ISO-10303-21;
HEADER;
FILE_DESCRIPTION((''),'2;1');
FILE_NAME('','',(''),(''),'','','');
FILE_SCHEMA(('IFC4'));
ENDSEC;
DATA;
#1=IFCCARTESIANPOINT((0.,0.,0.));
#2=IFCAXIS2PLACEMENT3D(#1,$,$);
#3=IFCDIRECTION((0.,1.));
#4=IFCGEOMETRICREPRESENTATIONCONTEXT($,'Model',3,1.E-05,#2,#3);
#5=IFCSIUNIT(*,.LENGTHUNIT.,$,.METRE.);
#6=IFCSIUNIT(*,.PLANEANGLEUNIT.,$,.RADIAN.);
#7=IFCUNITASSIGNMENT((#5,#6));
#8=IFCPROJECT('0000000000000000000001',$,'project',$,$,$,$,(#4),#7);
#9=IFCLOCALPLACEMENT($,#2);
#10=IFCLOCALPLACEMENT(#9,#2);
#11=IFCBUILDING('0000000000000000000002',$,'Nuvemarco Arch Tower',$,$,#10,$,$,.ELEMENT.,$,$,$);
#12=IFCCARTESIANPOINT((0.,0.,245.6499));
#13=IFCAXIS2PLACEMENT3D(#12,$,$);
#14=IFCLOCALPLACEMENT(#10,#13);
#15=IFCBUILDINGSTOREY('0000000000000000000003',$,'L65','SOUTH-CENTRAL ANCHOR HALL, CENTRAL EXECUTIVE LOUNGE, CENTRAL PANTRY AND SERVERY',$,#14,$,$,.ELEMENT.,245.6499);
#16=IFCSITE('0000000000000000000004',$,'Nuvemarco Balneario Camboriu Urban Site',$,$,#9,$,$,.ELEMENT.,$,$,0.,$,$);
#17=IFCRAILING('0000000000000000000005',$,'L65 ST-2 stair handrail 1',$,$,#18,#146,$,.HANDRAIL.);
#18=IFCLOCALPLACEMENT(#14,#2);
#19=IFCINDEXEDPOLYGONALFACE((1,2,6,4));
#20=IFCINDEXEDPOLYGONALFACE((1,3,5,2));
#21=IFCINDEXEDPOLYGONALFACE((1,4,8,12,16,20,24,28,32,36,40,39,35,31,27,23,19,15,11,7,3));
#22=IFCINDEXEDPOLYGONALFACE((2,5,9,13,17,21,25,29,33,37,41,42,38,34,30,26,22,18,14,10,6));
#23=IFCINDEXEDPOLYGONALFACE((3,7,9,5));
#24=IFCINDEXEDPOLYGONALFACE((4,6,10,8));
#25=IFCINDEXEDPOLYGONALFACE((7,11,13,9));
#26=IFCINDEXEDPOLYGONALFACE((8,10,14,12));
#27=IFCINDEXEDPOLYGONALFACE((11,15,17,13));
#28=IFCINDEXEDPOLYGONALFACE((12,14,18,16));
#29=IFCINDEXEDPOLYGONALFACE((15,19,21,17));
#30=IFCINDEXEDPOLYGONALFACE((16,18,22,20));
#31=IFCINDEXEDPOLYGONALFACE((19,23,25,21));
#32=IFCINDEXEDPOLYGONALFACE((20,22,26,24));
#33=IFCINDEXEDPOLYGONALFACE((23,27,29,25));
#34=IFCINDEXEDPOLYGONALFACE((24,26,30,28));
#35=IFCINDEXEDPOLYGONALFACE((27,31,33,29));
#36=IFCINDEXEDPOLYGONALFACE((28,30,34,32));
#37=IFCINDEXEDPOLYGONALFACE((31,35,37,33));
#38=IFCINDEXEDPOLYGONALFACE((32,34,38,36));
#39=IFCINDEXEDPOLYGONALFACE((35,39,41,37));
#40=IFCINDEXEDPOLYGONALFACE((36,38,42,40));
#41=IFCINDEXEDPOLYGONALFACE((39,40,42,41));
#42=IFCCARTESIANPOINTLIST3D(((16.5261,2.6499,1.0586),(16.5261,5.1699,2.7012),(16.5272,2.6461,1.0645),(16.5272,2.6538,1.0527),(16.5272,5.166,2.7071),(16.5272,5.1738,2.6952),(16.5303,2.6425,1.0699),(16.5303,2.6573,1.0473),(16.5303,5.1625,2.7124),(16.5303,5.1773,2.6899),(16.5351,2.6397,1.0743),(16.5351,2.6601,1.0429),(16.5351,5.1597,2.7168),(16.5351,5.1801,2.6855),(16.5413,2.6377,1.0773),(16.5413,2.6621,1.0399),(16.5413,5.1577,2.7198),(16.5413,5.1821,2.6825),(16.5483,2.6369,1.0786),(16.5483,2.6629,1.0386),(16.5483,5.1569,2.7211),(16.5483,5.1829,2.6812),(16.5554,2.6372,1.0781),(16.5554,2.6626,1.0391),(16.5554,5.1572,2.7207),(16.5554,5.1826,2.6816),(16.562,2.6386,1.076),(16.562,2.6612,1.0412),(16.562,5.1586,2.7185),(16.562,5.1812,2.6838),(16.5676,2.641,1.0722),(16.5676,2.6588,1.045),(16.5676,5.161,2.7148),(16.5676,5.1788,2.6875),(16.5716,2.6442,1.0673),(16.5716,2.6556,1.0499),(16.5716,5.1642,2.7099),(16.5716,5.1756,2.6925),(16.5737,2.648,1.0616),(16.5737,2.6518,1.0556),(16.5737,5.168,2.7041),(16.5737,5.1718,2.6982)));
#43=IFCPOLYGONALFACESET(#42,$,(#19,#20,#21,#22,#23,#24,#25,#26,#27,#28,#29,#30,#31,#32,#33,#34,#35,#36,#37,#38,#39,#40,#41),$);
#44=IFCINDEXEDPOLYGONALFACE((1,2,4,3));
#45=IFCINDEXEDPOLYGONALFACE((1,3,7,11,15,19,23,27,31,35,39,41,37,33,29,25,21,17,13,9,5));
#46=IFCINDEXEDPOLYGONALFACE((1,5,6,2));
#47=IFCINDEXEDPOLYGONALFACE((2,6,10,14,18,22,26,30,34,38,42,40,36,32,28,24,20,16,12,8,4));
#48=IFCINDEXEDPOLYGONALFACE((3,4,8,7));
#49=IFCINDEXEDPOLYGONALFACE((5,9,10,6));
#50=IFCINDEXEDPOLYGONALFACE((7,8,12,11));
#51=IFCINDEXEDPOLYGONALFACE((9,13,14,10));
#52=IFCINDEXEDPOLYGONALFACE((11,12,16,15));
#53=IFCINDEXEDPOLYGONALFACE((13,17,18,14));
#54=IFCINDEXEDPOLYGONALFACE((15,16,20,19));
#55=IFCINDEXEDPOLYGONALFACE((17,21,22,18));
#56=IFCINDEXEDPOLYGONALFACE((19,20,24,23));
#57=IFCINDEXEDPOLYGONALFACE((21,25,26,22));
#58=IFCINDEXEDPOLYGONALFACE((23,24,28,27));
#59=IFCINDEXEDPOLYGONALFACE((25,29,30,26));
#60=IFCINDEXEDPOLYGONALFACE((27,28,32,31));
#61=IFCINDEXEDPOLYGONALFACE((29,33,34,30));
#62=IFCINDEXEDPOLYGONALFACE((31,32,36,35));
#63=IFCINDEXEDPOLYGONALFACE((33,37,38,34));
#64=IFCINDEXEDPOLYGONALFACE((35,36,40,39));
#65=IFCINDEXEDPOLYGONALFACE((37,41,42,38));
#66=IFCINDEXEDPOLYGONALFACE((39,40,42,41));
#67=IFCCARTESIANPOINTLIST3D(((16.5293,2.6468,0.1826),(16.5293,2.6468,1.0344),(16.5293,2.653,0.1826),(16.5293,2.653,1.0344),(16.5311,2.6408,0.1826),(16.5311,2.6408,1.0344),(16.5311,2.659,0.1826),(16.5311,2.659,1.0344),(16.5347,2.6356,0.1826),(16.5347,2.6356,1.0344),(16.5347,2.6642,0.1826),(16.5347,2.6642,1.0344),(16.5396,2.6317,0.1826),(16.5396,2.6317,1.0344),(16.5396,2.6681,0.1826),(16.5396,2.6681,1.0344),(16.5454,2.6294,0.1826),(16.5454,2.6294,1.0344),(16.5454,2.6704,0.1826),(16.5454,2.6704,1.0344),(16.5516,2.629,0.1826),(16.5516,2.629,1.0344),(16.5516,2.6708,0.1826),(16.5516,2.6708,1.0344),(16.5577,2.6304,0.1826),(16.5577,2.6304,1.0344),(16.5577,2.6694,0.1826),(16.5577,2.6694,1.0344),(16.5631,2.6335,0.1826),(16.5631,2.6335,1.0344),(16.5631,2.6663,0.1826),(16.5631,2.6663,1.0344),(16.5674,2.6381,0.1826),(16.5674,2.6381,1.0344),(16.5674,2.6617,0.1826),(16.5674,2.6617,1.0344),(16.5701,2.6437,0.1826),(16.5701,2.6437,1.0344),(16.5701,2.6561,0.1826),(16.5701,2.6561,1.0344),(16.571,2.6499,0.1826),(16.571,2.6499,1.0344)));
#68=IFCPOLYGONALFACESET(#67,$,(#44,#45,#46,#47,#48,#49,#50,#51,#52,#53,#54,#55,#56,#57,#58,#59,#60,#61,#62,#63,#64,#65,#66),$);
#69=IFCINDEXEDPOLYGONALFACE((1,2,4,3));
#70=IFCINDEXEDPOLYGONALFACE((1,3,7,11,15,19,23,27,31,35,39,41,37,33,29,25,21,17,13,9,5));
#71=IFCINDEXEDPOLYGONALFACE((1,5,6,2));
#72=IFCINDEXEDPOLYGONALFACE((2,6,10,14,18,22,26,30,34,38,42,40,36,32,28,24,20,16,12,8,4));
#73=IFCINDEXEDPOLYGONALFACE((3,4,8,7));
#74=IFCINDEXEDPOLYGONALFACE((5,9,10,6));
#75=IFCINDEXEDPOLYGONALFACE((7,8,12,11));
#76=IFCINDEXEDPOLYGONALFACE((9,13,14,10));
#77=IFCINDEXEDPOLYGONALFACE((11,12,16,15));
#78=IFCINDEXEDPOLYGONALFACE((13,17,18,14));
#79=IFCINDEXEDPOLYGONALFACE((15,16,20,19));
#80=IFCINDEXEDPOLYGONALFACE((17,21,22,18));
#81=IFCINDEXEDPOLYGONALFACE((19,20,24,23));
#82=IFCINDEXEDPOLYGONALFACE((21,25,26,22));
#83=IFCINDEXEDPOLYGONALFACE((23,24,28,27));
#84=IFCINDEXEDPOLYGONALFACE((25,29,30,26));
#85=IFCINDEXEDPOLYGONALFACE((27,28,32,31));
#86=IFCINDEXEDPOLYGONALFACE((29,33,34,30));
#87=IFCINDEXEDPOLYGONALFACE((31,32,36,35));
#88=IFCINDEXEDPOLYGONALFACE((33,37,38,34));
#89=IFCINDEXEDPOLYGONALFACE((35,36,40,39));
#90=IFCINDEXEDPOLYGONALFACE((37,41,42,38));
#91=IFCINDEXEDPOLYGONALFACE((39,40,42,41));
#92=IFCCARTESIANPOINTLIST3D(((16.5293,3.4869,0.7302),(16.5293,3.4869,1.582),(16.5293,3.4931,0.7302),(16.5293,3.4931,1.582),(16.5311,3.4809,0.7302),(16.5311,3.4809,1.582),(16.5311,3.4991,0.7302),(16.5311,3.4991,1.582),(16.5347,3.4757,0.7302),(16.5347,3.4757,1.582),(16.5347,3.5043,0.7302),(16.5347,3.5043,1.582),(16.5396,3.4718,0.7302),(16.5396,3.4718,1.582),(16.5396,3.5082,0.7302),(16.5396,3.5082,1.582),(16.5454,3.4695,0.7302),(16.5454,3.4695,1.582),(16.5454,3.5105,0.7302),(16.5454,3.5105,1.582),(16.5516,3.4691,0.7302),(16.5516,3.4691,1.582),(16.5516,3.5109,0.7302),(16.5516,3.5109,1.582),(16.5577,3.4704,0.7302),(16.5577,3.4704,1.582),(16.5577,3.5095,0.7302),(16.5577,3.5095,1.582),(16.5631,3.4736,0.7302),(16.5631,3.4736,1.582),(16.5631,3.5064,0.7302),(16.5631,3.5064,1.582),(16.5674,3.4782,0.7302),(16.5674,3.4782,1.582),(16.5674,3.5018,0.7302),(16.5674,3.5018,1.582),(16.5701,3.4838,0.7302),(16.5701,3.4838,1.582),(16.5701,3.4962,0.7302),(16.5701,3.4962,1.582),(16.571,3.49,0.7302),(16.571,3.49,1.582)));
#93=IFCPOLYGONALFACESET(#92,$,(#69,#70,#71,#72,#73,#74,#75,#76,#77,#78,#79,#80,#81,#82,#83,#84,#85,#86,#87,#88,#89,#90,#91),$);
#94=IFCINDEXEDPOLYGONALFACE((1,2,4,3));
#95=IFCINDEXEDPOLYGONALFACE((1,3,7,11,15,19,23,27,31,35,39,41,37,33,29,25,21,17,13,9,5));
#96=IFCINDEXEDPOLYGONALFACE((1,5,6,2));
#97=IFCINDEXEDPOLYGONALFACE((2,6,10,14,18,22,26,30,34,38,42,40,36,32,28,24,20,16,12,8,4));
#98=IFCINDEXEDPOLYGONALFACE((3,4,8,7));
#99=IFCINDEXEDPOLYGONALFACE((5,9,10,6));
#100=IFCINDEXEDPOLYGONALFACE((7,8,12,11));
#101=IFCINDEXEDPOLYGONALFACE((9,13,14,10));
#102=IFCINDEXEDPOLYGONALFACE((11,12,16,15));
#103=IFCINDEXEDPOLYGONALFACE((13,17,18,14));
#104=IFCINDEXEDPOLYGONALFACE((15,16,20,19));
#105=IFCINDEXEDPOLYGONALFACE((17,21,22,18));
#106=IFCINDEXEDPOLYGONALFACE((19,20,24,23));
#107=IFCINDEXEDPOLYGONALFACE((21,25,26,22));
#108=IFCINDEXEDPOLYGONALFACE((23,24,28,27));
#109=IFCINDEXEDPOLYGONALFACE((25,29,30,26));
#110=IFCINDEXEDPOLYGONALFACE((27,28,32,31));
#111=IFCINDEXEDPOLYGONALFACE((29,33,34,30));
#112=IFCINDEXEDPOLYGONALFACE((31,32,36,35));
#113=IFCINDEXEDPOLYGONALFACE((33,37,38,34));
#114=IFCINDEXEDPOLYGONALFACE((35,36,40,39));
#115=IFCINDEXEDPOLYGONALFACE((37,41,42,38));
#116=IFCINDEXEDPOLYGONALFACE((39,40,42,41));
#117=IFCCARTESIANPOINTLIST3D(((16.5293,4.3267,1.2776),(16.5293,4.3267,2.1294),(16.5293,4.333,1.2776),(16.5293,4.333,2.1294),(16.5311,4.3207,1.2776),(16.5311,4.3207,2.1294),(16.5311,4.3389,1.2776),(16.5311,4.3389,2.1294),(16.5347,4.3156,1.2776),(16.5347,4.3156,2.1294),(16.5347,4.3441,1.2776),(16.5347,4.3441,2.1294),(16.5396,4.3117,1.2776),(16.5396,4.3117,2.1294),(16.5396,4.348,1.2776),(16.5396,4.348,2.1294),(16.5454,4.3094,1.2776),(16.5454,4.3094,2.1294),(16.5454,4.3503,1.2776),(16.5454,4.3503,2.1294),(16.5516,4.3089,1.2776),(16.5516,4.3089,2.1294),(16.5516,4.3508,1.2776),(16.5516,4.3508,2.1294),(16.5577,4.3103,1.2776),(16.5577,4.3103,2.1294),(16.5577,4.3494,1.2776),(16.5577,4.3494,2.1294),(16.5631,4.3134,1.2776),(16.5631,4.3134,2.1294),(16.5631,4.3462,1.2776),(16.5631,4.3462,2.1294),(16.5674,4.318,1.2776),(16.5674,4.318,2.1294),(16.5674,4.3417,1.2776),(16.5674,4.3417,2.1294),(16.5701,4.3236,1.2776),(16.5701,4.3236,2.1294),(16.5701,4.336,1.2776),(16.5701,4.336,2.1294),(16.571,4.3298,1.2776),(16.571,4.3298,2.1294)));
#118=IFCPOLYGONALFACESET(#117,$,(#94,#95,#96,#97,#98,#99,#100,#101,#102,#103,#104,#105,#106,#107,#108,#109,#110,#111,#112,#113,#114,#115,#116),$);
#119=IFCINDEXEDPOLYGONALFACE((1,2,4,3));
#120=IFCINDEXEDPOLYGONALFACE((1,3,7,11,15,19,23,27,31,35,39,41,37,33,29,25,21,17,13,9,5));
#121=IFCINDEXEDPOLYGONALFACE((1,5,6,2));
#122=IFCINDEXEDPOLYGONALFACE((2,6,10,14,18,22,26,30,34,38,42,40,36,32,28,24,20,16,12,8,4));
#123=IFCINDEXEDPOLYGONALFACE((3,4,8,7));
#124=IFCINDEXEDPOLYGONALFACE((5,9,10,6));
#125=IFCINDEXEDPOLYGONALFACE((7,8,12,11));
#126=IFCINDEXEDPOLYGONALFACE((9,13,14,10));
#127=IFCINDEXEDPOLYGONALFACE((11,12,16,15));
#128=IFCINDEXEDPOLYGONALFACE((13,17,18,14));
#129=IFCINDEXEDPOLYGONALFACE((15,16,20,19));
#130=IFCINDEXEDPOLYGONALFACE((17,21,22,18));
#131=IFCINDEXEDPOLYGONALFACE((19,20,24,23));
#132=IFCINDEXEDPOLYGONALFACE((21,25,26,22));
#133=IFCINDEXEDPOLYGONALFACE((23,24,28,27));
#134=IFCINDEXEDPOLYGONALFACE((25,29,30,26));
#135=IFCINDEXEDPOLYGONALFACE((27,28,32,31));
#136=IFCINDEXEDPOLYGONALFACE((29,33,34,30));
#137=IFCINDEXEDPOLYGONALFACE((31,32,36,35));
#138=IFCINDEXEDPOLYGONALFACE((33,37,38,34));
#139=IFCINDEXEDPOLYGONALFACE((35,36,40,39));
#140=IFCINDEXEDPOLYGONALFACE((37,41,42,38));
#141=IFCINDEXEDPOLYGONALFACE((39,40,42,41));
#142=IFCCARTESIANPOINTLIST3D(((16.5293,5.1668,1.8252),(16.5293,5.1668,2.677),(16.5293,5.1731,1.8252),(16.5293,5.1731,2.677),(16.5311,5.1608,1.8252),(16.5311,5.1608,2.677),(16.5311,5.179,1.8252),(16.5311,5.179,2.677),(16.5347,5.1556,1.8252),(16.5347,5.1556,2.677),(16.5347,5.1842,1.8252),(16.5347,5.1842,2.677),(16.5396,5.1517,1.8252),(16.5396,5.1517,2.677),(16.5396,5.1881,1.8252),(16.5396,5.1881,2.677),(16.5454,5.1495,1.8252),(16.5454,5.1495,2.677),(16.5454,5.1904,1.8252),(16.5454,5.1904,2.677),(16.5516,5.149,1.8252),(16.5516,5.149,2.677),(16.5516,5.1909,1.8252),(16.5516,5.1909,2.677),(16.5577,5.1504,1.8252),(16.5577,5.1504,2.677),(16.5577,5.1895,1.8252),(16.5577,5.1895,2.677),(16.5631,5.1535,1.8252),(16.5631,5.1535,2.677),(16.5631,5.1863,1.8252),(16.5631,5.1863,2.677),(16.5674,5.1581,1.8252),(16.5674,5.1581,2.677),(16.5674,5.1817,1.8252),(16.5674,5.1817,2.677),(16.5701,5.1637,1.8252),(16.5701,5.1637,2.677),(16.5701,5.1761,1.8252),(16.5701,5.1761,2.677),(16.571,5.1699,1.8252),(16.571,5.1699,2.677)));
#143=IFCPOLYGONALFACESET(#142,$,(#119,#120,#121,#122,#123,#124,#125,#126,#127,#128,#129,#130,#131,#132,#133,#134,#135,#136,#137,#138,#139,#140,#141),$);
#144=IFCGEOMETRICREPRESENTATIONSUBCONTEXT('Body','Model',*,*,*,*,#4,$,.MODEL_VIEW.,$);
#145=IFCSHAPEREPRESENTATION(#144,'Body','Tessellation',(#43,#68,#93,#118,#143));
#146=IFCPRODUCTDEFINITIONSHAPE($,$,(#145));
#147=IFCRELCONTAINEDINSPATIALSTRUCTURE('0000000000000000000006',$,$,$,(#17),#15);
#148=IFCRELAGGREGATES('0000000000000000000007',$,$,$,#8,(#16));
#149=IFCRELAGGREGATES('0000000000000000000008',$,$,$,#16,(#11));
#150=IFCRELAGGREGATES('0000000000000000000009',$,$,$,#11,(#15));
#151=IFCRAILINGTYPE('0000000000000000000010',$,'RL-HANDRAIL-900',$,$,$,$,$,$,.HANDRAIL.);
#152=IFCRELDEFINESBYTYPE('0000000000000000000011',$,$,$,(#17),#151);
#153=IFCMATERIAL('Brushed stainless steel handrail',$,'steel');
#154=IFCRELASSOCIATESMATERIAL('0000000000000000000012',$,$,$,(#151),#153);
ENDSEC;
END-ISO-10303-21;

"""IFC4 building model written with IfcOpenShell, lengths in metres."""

from ifc_helpers import new_model, si_unit, direction, frame, origin, origin_2d, place, context, subcontext, project, spatial, circle, extrude, material, type_object, element, save


model = new_model("IFC4")

# Units and contexts
model_context = context("Model", 3, precision=1e-05, world=origin(), true_north=direction((0.0, 1.0)))
body_context = subcontext(model_context, "Body", "Model", "MODEL_VIEW")
ifc_project = project(units=[si_unit("LENGTHUNIT", "METRE"), si_unit("PLANEANGLEUNIT", "RADIAN")], contexts=[model_context])

# Site, building, storey
site_placement = place(None, origin())
site = spatial("IfcSite", under=ifc_project, at=site_placement, Name="Nuvemarco Balneario Camboriu Urban Site", CompositionType="ELEMENT", RefElevation=0.0)
building_placement = place(site_placement, origin())
building = spatial("IfcBuilding", under=site, at=building_placement, Name="Nuvemarco Arch Tower", CompositionType="ELEMENT")
storey_placement = place(building_placement, frame((0.0, 0.0, 245.6499)))
storey = spatial("IfcBuildingStorey", under=building, at=storey_placement, Name="L65", Description="SOUTH-CENTRAL ANCHOR HALL, CENTRAL EXECUTIVE LOUNGE, CENTRAL PANTRY AND SERVERY", CompositionType="ELEMENT", Elevation=245.6499)

# Railing
ifc_material_1 = material(Name="Brushed stainless steel handrail", Category="steel")
railing_type_1 = type_object("IfcRailingType", Name="RL-HANDRAIL-900", PredefinedType="HANDRAIL", material=ifc_material_1)
railing_1_placement = place(storey_placement, frame((16.55, 2.6499, 0.1826)))
element("IfcRailing", 1, at=railing_1_placement, inside=storey, type_object=railing_type_1, Name="L65 ST-2 stair handrail 1", PredefinedType="HANDRAIL", context=body_context, shape_type="SweptSolid", body=[
    extrude(circle(Radius=0.0239, at=origin_2d()), frame((0.0, 0.0, 0.876), z_axis=(0.0, 0.837749, 0.546055), x_axis=(-1.0, 0.0, 0.0)), (0.0, 0.0, 1.0), 3.0081),
    extrude(circle(Radius=0.021, at=origin_2d()), origin(), (0.0, 0.0, 1.0), 0.8518),
    extrude(circle(Radius=0.021, at=origin_2d()), frame((0.0, 0.8401, 0.5476)), (0.0, 0.0, 1.0), 0.8518),
    extrude(circle(Radius=0.021, at=origin_2d()), frame((0.0, 1.6799, 1.095)), (0.0, 0.0, 1.0), 0.8518),
    extrude(circle(Radius=0.021, at=origin_2d()), frame((0.0, 2.52, 1.6426)), (0.0, 0.0, 1.0), 0.8518),
])

save(model, "model.ifc")
